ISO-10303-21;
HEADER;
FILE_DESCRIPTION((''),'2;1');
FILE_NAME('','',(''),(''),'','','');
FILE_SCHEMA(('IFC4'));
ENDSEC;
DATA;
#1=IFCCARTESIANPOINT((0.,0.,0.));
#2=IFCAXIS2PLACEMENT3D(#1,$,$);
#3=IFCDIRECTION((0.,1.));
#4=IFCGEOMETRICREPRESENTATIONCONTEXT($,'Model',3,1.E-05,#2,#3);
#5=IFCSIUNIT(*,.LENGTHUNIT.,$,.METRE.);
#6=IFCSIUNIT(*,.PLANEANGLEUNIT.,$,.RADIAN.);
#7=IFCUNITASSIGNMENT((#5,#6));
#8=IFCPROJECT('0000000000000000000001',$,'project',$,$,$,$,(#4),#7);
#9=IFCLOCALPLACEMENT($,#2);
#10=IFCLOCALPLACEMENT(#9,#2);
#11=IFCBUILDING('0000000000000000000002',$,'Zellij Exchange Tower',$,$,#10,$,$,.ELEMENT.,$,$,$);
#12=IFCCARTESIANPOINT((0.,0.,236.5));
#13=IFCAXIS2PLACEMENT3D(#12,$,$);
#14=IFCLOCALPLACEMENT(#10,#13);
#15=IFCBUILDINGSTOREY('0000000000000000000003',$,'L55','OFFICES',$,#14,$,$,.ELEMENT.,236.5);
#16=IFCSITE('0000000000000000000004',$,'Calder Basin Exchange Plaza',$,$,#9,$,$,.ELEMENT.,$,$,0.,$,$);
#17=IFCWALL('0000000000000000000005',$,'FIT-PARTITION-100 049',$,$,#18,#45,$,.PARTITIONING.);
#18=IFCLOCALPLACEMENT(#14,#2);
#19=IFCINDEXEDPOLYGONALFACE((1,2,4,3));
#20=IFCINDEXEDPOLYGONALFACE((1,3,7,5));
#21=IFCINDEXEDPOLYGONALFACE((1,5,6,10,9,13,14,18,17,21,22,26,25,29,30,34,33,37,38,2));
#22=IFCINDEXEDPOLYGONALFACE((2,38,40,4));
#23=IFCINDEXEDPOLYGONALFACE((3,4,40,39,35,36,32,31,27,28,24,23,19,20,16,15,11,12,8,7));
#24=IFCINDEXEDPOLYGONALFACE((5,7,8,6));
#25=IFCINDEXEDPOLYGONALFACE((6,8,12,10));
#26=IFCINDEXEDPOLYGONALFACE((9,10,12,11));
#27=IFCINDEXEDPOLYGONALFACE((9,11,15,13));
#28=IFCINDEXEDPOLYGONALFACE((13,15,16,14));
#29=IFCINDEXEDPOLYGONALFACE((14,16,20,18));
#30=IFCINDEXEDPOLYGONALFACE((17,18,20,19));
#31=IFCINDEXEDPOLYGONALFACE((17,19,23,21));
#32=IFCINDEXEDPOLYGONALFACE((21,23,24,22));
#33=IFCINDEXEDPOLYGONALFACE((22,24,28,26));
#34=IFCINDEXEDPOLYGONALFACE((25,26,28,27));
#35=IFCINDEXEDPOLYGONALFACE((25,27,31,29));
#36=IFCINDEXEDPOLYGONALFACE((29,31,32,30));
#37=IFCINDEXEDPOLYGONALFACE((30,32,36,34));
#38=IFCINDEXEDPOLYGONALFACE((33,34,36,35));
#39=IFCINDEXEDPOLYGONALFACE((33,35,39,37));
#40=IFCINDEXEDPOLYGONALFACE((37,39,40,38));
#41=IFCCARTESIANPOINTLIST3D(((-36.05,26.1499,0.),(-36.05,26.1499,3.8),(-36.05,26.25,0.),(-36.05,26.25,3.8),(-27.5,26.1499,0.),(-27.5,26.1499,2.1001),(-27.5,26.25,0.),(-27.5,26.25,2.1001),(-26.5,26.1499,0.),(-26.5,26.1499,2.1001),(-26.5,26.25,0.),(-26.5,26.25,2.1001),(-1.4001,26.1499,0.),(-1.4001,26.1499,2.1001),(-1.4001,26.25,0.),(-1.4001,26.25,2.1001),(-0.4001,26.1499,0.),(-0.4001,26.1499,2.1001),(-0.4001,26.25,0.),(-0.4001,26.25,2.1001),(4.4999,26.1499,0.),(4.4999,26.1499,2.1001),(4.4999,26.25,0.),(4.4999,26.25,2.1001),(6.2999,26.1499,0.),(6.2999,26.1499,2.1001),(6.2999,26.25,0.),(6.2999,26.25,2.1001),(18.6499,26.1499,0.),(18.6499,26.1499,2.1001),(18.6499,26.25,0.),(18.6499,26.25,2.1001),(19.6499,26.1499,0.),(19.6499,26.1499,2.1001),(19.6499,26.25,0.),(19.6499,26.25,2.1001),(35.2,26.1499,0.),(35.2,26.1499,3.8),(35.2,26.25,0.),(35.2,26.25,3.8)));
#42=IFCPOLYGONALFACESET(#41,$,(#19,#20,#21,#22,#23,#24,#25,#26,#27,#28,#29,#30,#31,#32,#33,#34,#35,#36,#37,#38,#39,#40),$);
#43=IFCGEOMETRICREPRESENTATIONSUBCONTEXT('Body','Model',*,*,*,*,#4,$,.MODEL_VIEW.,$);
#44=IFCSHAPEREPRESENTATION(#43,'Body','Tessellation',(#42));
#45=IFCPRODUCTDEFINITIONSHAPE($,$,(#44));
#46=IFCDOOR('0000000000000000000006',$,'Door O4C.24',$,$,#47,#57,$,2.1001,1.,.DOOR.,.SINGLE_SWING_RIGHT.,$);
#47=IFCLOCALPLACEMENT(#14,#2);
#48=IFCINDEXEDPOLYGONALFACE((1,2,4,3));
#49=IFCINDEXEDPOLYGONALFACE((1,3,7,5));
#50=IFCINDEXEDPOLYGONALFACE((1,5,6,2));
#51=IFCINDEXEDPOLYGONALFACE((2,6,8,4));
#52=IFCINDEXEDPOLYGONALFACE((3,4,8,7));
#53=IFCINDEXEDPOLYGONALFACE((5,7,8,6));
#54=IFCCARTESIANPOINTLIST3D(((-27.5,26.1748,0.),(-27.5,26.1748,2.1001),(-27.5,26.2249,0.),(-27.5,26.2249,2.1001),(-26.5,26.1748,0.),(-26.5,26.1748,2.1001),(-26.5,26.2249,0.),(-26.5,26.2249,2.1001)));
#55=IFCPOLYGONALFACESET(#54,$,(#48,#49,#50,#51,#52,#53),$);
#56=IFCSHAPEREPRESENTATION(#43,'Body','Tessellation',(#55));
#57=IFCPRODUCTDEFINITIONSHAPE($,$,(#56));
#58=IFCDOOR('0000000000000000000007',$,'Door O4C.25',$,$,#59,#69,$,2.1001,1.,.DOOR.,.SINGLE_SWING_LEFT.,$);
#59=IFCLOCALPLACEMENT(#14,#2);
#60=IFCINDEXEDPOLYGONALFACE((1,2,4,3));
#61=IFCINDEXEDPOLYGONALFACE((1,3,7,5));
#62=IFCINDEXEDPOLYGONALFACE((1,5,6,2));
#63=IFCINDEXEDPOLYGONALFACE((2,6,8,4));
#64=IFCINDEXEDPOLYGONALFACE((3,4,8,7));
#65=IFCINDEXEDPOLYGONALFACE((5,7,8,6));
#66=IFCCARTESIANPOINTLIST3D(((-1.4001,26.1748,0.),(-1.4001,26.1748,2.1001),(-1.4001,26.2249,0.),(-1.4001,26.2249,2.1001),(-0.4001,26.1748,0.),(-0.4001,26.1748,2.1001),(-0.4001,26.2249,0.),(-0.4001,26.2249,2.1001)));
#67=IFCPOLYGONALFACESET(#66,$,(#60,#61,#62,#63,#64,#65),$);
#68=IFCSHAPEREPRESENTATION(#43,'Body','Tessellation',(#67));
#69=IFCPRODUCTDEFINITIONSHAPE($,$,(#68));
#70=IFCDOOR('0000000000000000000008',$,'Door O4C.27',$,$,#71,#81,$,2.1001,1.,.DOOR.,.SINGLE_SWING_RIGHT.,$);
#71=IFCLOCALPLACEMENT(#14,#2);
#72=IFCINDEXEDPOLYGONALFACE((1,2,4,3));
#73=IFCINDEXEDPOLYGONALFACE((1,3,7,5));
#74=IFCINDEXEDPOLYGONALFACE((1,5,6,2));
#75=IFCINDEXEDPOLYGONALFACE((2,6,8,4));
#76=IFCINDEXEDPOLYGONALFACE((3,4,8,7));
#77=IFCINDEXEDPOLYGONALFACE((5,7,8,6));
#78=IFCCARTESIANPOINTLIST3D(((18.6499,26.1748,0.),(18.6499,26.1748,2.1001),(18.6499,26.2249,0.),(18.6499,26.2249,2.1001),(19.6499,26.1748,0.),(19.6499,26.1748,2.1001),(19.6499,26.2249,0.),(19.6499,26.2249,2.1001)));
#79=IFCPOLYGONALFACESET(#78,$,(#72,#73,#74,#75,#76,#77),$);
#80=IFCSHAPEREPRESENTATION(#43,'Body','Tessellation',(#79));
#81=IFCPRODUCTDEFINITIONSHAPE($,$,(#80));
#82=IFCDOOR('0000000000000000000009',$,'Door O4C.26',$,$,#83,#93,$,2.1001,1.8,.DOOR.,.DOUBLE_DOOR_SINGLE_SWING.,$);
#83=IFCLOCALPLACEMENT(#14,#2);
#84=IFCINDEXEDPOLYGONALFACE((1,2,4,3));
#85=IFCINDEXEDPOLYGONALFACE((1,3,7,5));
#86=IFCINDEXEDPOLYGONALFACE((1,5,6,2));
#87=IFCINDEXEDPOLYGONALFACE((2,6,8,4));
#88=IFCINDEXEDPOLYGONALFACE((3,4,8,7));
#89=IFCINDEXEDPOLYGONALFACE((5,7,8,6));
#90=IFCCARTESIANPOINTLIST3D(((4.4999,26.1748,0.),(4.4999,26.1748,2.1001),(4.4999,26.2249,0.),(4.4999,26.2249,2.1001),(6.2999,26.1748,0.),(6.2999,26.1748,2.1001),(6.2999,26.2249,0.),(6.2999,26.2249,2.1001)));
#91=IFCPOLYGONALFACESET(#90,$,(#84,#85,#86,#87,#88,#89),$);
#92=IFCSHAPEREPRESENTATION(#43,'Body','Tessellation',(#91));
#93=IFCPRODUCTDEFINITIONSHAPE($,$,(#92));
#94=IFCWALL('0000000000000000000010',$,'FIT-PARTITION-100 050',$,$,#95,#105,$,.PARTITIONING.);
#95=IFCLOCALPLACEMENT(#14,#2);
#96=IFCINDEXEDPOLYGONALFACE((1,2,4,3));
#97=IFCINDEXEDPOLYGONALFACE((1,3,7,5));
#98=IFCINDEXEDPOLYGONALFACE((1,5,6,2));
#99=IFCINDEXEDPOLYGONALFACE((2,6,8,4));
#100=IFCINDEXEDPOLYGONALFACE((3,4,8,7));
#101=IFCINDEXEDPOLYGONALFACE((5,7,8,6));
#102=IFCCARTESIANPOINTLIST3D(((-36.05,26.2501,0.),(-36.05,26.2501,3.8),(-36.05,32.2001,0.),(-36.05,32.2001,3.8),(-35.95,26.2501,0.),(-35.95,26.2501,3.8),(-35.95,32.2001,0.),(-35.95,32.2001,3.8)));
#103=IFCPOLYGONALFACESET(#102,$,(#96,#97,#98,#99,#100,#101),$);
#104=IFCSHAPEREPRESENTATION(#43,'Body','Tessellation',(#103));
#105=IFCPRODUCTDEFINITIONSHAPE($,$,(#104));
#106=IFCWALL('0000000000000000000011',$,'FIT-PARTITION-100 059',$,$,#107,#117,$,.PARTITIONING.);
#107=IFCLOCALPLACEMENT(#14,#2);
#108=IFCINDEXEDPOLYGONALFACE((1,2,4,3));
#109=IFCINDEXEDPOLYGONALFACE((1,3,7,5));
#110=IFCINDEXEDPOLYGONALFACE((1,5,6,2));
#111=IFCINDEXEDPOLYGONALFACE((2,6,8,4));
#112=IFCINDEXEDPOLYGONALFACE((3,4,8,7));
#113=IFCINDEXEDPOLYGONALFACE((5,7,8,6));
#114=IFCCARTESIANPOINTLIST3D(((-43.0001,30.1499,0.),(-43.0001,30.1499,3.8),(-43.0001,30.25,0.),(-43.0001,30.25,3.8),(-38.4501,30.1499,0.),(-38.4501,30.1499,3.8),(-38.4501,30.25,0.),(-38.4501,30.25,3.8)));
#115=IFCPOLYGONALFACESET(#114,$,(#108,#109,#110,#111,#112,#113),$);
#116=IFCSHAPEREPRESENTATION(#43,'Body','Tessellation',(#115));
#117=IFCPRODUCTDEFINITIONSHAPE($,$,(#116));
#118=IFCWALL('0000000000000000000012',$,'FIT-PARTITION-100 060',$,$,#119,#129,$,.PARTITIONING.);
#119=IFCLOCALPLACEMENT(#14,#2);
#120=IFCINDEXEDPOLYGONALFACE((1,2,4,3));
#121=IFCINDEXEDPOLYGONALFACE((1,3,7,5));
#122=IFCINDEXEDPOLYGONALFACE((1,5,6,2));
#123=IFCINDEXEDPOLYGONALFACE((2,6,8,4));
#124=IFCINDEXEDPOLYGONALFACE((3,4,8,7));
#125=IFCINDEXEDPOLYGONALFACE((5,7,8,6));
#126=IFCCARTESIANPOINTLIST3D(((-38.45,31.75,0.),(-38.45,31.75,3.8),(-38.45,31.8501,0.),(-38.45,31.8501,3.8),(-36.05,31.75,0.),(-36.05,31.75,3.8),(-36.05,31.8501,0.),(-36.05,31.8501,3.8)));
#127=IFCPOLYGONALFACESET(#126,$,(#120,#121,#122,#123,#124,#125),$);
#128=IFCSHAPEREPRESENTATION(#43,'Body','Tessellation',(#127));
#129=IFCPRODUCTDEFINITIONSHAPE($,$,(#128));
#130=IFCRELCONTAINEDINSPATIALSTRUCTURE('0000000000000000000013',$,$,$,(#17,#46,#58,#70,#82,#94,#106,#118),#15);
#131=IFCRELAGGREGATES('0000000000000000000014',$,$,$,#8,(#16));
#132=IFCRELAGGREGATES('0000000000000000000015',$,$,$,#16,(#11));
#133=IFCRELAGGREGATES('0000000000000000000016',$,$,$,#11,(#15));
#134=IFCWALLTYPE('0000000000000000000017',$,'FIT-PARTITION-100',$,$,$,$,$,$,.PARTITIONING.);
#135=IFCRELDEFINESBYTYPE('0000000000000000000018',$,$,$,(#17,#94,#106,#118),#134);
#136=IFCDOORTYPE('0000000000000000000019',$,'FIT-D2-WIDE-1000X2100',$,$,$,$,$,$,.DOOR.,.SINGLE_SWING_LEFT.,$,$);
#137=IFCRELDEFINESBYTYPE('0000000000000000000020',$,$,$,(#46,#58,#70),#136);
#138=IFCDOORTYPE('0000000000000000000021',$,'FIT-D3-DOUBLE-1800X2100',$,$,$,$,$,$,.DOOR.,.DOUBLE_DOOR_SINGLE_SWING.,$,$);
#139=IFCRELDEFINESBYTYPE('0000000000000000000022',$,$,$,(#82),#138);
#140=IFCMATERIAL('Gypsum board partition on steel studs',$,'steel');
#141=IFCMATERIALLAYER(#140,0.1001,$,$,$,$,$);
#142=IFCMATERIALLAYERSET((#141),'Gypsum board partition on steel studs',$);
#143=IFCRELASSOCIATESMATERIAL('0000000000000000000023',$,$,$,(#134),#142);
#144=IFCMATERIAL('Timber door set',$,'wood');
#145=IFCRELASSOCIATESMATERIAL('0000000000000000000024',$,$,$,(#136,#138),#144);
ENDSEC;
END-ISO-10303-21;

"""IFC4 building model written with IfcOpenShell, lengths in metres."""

from ifc_helpers import new_model, si_unit, direction, frame, frame_2d, origin, place, context, subcontext, project, spatial, rectangle, extrude, material, layer, layer_set, type_object, element, fill, save


model = new_model("IFC4")

# Units and contexts
model_context = context("Model", 3, precision=1e-05, world=origin(), true_north=direction((0.0, 1.0)))
body_context = subcontext(model_context, "Body", "Model", "MODEL_VIEW")
ifc_project = project(units=[si_unit("LENGTHUNIT", "METRE"), si_unit("PLANEANGLEUNIT", "RADIAN")], contexts=[model_context])

# Site, building, storey
site_placement = place(None, origin())
site = spatial("IfcSite", under=ifc_project, at=site_placement, Name="Calder Basin Exchange Plaza", CompositionType="ELEMENT", RefElevation=0.0)
building_placement = place(site_placement, origin())
building = spatial("IfcBuilding", under=site, at=building_placement, Name="Zellij Exchange Tower", CompositionType="ELEMENT")
storey_placement = place(building_placement, frame((0.0, 0.0, 236.5)))
storey = spatial("IfcBuildingStorey", under=building, at=storey_placement, Name="L55", Description="OFFICES", CompositionType="ELEMENT", Elevation=236.5)

# Shared definitions
ifc_material_1 = material(Name="Gypsum board partition on steel studs", Category="steel")
ifc_layer_1 = layer(ifc_material_1, 0.1001)
ifc_layer_set_1 = layer_set([ifc_layer_1], Name="Gypsum board partition on steel studs")
wall_type_1 = type_object("IfcWallType", Name="FIT-PARTITION-100", PredefinedType="PARTITIONING", material=ifc_layer_set_1)
ifc_material_2 = material(Name="Timber door set", Category="wood")
door_type_1 = type_object("IfcDoorType", Name="FIT-D2-WIDE-1000X2100", OperationType="SINGLE_SWING_LEFT", PredefinedType="DOOR", material=ifc_material_2)

# Wall, openings, doors
wall_1_placement = place(storey_placement, frame((-36.05, 26.2, 0.0), z_axis=(0.0, 0.0, 1.0), x_axis=(1.0, 0.0, 0.0)))
wall_1 = element("IfcWall", 1, at=wall_1_placement, inside=storey, type_object=wall_type_1, Name="FIT-PARTITION-100 049", PredefinedType="PARTITIONING", context=body_context, shape_type="SweptSolid", body=[
    extrude(rectangle(XDim=71.25, YDim=0.1001, at=frame_2d((35.625, 0.0))), origin(), (0.0, 0.0, 1.0), 3.8),
])
opening_1_placement = place(wall_1_placement, frame((8.55, 0.0, 0.0)))
opening_1 = element("IfcOpeningElement", 2, at=opening_1_placement, cuts=wall_1, PredefinedType="OPENING", context=body_context, shape_type="SweptSolid", body=[
    extrude(rectangle(XDim=1.0, YDim=2.1001, at=frame_2d((0.5, 1.05))), frame((0.0, 0.062, 0.0), z_axis=(0.0, -1.0, 0.0), x_axis=(1.0, 0.0, 0.0)), (0.0, 0.0, 1.0), 0.124),
])
opening_2_placement = place(wall_1_placement, frame((34.6499, 0.0, 0.0)))
opening_2 = element("IfcOpeningElement", 3, at=opening_2_placement, cuts=wall_1, PredefinedType="OPENING", context=body_context, shape_type="SweptSolid", body=[
    extrude(rectangle(XDim=1.0, YDim=2.1001, at=frame_2d((0.5, 1.05))), frame((0.0, 0.062, 0.0), z_axis=(0.0, -1.0, 0.0), x_axis=(1.0, 0.0, 0.0)), (0.0, 0.0, 1.0), 0.124),
])
opening_3_placement = place(wall_1_placement, frame((40.55, 0.0, 0.0)))
opening_3 = element("IfcOpeningElement", 4, at=opening_3_placement, cuts=wall_1, PredefinedType="OPENING", context=body_context, shape_type="SweptSolid", body=[
    extrude(rectangle(XDim=1.8, YDim=2.1001, at=frame_2d((0.8999, 1.05))), frame((0.0, 0.062, 0.0), z_axis=(0.0, -1.0, 0.0), x_axis=(1.0, 0.0, 0.0)), (0.0, 0.0, 1.0), 0.124),
])
opening_4_placement = place(wall_1_placement, frame((54.7, 0.0, 0.0)))
opening_4 = element("IfcOpeningElement", 5, at=opening_4_placement, cuts=wall_1, PredefinedType="OPENING", context=body_context, shape_type="SweptSolid", body=[
    extrude(rectangle(XDim=1.0, YDim=2.1001, at=frame_2d((0.5, 1.05))), frame((0.0, 0.062, 0.0), z_axis=(0.0, -1.0, 0.0), x_axis=(1.0, 0.0, 0.0)), (0.0, 0.0, 1.0), 0.124),
])
door_1_placement = place(opening_1_placement, origin())
door_1 = element("IfcDoor", 6, at=door_1_placement, inside=storey, type_object=door_type_1, Name="Door O4C.24", OperationType="SINGLE_SWING_RIGHT", OverallHeight=2.1001, OverallWidth=1.0, PredefinedType="DOOR", context=body_context, shape_type="SweptSolid", body=[
    extrude(rectangle(XDim=1.0, YDim=2.1001, at=frame_2d((0.5, 1.05))), frame((0.0, 0.0249, 0.0), z_axis=(0.0, -1.0, 0.0), x_axis=(1.0, 0.0, 0.0)), (0.0, 0.0, 1.0), 0.05),
])
fill(opening_1, door_1)
door_2_placement = place(opening_2_placement, origin())
door_2 = element("IfcDoor", 7, at=door_2_placement, inside=storey, type_object=door_type_1, Name="Door O4C.25", OperationType="SINGLE_SWING_LEFT", OverallHeight=2.1001, OverallWidth=1.0, PredefinedType="DOOR", context=body_context, shape_type="SweptSolid", body=[
    extrude(rectangle(XDim=1.0, YDim=2.1001, at=frame_2d((0.5, 1.05))), frame((0.0, 0.0249, 0.0), z_axis=(0.0, -1.0, 0.0), x_axis=(1.0, 0.0, 0.0)), (0.0, 0.0, 1.0), 0.05),
])
fill(opening_2, door_2)
door_3_placement = place(opening_4_placement, origin())
door_3 = element("IfcDoor", 8, at=door_3_placement, inside=storey, type_object=door_type_1, Name="Door O4C.27", OperationType="SINGLE_SWING_RIGHT", OverallHeight=2.1001, OverallWidth=1.0, PredefinedType="DOOR", context=body_context, shape_type="SweptSolid", body=[
    extrude(rectangle(XDim=1.0, YDim=2.1001, at=frame_2d((0.5, 1.05))), frame((0.0, 0.0249, 0.0), z_axis=(0.0, -1.0, 0.0), x_axis=(1.0, 0.0, 0.0)), (0.0, 0.0, 1.0), 0.05),
])
fill(opening_4, door_3)
door_type_2 = type_object("IfcDoorType", Name="FIT-D3-DOUBLE-1800X2100", OperationType="DOUBLE_DOOR_SINGLE_SWING", PredefinedType="DOOR", material=ifc_material_2)
door_4_placement = place(opening_3_placement, origin())
door_4 = element("IfcDoor", 9, at=door_4_placement, inside=storey, type_object=door_type_2, Name="Door O4C.26", OperationType="DOUBLE_DOOR_SINGLE_SWING", OverallHeight=2.1001, OverallWidth=1.8, PredefinedType="DOOR", context=body_context, shape_type="SweptSolid", body=[
    extrude(rectangle(XDim=1.8, YDim=2.1001, at=frame_2d((0.8999, 1.05))), frame((0.0, 0.0249, 0.0), z_axis=(0.0, -1.0, 0.0), x_axis=(1.0, 0.0, 0.0)), (0.0, 0.0, 1.0), 0.05),
])
fill(opening_3, door_4)

# Walls
wall_2_placement = place(storey_placement, frame((-36.0, 26.25, 0.0), z_axis=(0.0, 0.0, 1.0), x_axis=(0.0, 1.0, 0.0)))
element("IfcWall", 10, at=wall_2_placement, inside=storey, type_object=wall_type_1, Name="FIT-PARTITION-100 050", PredefinedType="PARTITIONING", context=body_context, shape_type="SweptSolid", body=[
    extrude(rectangle(XDim=5.95, YDim=0.1001, at=frame_2d((2.9751, 0.0))), origin(), (0.0, 0.0, 1.0), 3.8),
])
wall_3_placement = place(storey_placement, frame((-43.0, 30.2, 0.0), z_axis=(0.0, 0.0, 1.0), x_axis=(1.0, 0.0, 0.0)))
element("IfcWall", 11, at=wall_3_placement, inside=storey, type_object=wall_type_1, Name="FIT-PARTITION-100 059", PredefinedType="PARTITIONING", context=body_context, shape_type="SweptSolid", body=[
    extrude(rectangle(XDim=4.55, YDim=0.1001, at=frame_2d((2.2749, 0.0))), origin(), (0.0, 0.0, 1.0), 3.8),
])
wall_4_placement = place(storey_placement, frame((-38.45, 31.8, 0.0), z_axis=(0.0, 0.0, 1.0), x_axis=(1.0, 0.0, 0.0)))
element("IfcWall", 12, at=wall_4_placement, inside=storey, type_object=wall_type_1, Name="FIT-PARTITION-100 060", PredefinedType="PARTITIONING", context=body_context, shape_type="SweptSolid", body=[
    extrude(rectangle(XDim=2.3999, YDim=0.1001, at=frame_2d((1.2, 0.0))), origin(), (0.0, 0.0, 1.0), 3.8),
])

save(model, "model.ifc")
